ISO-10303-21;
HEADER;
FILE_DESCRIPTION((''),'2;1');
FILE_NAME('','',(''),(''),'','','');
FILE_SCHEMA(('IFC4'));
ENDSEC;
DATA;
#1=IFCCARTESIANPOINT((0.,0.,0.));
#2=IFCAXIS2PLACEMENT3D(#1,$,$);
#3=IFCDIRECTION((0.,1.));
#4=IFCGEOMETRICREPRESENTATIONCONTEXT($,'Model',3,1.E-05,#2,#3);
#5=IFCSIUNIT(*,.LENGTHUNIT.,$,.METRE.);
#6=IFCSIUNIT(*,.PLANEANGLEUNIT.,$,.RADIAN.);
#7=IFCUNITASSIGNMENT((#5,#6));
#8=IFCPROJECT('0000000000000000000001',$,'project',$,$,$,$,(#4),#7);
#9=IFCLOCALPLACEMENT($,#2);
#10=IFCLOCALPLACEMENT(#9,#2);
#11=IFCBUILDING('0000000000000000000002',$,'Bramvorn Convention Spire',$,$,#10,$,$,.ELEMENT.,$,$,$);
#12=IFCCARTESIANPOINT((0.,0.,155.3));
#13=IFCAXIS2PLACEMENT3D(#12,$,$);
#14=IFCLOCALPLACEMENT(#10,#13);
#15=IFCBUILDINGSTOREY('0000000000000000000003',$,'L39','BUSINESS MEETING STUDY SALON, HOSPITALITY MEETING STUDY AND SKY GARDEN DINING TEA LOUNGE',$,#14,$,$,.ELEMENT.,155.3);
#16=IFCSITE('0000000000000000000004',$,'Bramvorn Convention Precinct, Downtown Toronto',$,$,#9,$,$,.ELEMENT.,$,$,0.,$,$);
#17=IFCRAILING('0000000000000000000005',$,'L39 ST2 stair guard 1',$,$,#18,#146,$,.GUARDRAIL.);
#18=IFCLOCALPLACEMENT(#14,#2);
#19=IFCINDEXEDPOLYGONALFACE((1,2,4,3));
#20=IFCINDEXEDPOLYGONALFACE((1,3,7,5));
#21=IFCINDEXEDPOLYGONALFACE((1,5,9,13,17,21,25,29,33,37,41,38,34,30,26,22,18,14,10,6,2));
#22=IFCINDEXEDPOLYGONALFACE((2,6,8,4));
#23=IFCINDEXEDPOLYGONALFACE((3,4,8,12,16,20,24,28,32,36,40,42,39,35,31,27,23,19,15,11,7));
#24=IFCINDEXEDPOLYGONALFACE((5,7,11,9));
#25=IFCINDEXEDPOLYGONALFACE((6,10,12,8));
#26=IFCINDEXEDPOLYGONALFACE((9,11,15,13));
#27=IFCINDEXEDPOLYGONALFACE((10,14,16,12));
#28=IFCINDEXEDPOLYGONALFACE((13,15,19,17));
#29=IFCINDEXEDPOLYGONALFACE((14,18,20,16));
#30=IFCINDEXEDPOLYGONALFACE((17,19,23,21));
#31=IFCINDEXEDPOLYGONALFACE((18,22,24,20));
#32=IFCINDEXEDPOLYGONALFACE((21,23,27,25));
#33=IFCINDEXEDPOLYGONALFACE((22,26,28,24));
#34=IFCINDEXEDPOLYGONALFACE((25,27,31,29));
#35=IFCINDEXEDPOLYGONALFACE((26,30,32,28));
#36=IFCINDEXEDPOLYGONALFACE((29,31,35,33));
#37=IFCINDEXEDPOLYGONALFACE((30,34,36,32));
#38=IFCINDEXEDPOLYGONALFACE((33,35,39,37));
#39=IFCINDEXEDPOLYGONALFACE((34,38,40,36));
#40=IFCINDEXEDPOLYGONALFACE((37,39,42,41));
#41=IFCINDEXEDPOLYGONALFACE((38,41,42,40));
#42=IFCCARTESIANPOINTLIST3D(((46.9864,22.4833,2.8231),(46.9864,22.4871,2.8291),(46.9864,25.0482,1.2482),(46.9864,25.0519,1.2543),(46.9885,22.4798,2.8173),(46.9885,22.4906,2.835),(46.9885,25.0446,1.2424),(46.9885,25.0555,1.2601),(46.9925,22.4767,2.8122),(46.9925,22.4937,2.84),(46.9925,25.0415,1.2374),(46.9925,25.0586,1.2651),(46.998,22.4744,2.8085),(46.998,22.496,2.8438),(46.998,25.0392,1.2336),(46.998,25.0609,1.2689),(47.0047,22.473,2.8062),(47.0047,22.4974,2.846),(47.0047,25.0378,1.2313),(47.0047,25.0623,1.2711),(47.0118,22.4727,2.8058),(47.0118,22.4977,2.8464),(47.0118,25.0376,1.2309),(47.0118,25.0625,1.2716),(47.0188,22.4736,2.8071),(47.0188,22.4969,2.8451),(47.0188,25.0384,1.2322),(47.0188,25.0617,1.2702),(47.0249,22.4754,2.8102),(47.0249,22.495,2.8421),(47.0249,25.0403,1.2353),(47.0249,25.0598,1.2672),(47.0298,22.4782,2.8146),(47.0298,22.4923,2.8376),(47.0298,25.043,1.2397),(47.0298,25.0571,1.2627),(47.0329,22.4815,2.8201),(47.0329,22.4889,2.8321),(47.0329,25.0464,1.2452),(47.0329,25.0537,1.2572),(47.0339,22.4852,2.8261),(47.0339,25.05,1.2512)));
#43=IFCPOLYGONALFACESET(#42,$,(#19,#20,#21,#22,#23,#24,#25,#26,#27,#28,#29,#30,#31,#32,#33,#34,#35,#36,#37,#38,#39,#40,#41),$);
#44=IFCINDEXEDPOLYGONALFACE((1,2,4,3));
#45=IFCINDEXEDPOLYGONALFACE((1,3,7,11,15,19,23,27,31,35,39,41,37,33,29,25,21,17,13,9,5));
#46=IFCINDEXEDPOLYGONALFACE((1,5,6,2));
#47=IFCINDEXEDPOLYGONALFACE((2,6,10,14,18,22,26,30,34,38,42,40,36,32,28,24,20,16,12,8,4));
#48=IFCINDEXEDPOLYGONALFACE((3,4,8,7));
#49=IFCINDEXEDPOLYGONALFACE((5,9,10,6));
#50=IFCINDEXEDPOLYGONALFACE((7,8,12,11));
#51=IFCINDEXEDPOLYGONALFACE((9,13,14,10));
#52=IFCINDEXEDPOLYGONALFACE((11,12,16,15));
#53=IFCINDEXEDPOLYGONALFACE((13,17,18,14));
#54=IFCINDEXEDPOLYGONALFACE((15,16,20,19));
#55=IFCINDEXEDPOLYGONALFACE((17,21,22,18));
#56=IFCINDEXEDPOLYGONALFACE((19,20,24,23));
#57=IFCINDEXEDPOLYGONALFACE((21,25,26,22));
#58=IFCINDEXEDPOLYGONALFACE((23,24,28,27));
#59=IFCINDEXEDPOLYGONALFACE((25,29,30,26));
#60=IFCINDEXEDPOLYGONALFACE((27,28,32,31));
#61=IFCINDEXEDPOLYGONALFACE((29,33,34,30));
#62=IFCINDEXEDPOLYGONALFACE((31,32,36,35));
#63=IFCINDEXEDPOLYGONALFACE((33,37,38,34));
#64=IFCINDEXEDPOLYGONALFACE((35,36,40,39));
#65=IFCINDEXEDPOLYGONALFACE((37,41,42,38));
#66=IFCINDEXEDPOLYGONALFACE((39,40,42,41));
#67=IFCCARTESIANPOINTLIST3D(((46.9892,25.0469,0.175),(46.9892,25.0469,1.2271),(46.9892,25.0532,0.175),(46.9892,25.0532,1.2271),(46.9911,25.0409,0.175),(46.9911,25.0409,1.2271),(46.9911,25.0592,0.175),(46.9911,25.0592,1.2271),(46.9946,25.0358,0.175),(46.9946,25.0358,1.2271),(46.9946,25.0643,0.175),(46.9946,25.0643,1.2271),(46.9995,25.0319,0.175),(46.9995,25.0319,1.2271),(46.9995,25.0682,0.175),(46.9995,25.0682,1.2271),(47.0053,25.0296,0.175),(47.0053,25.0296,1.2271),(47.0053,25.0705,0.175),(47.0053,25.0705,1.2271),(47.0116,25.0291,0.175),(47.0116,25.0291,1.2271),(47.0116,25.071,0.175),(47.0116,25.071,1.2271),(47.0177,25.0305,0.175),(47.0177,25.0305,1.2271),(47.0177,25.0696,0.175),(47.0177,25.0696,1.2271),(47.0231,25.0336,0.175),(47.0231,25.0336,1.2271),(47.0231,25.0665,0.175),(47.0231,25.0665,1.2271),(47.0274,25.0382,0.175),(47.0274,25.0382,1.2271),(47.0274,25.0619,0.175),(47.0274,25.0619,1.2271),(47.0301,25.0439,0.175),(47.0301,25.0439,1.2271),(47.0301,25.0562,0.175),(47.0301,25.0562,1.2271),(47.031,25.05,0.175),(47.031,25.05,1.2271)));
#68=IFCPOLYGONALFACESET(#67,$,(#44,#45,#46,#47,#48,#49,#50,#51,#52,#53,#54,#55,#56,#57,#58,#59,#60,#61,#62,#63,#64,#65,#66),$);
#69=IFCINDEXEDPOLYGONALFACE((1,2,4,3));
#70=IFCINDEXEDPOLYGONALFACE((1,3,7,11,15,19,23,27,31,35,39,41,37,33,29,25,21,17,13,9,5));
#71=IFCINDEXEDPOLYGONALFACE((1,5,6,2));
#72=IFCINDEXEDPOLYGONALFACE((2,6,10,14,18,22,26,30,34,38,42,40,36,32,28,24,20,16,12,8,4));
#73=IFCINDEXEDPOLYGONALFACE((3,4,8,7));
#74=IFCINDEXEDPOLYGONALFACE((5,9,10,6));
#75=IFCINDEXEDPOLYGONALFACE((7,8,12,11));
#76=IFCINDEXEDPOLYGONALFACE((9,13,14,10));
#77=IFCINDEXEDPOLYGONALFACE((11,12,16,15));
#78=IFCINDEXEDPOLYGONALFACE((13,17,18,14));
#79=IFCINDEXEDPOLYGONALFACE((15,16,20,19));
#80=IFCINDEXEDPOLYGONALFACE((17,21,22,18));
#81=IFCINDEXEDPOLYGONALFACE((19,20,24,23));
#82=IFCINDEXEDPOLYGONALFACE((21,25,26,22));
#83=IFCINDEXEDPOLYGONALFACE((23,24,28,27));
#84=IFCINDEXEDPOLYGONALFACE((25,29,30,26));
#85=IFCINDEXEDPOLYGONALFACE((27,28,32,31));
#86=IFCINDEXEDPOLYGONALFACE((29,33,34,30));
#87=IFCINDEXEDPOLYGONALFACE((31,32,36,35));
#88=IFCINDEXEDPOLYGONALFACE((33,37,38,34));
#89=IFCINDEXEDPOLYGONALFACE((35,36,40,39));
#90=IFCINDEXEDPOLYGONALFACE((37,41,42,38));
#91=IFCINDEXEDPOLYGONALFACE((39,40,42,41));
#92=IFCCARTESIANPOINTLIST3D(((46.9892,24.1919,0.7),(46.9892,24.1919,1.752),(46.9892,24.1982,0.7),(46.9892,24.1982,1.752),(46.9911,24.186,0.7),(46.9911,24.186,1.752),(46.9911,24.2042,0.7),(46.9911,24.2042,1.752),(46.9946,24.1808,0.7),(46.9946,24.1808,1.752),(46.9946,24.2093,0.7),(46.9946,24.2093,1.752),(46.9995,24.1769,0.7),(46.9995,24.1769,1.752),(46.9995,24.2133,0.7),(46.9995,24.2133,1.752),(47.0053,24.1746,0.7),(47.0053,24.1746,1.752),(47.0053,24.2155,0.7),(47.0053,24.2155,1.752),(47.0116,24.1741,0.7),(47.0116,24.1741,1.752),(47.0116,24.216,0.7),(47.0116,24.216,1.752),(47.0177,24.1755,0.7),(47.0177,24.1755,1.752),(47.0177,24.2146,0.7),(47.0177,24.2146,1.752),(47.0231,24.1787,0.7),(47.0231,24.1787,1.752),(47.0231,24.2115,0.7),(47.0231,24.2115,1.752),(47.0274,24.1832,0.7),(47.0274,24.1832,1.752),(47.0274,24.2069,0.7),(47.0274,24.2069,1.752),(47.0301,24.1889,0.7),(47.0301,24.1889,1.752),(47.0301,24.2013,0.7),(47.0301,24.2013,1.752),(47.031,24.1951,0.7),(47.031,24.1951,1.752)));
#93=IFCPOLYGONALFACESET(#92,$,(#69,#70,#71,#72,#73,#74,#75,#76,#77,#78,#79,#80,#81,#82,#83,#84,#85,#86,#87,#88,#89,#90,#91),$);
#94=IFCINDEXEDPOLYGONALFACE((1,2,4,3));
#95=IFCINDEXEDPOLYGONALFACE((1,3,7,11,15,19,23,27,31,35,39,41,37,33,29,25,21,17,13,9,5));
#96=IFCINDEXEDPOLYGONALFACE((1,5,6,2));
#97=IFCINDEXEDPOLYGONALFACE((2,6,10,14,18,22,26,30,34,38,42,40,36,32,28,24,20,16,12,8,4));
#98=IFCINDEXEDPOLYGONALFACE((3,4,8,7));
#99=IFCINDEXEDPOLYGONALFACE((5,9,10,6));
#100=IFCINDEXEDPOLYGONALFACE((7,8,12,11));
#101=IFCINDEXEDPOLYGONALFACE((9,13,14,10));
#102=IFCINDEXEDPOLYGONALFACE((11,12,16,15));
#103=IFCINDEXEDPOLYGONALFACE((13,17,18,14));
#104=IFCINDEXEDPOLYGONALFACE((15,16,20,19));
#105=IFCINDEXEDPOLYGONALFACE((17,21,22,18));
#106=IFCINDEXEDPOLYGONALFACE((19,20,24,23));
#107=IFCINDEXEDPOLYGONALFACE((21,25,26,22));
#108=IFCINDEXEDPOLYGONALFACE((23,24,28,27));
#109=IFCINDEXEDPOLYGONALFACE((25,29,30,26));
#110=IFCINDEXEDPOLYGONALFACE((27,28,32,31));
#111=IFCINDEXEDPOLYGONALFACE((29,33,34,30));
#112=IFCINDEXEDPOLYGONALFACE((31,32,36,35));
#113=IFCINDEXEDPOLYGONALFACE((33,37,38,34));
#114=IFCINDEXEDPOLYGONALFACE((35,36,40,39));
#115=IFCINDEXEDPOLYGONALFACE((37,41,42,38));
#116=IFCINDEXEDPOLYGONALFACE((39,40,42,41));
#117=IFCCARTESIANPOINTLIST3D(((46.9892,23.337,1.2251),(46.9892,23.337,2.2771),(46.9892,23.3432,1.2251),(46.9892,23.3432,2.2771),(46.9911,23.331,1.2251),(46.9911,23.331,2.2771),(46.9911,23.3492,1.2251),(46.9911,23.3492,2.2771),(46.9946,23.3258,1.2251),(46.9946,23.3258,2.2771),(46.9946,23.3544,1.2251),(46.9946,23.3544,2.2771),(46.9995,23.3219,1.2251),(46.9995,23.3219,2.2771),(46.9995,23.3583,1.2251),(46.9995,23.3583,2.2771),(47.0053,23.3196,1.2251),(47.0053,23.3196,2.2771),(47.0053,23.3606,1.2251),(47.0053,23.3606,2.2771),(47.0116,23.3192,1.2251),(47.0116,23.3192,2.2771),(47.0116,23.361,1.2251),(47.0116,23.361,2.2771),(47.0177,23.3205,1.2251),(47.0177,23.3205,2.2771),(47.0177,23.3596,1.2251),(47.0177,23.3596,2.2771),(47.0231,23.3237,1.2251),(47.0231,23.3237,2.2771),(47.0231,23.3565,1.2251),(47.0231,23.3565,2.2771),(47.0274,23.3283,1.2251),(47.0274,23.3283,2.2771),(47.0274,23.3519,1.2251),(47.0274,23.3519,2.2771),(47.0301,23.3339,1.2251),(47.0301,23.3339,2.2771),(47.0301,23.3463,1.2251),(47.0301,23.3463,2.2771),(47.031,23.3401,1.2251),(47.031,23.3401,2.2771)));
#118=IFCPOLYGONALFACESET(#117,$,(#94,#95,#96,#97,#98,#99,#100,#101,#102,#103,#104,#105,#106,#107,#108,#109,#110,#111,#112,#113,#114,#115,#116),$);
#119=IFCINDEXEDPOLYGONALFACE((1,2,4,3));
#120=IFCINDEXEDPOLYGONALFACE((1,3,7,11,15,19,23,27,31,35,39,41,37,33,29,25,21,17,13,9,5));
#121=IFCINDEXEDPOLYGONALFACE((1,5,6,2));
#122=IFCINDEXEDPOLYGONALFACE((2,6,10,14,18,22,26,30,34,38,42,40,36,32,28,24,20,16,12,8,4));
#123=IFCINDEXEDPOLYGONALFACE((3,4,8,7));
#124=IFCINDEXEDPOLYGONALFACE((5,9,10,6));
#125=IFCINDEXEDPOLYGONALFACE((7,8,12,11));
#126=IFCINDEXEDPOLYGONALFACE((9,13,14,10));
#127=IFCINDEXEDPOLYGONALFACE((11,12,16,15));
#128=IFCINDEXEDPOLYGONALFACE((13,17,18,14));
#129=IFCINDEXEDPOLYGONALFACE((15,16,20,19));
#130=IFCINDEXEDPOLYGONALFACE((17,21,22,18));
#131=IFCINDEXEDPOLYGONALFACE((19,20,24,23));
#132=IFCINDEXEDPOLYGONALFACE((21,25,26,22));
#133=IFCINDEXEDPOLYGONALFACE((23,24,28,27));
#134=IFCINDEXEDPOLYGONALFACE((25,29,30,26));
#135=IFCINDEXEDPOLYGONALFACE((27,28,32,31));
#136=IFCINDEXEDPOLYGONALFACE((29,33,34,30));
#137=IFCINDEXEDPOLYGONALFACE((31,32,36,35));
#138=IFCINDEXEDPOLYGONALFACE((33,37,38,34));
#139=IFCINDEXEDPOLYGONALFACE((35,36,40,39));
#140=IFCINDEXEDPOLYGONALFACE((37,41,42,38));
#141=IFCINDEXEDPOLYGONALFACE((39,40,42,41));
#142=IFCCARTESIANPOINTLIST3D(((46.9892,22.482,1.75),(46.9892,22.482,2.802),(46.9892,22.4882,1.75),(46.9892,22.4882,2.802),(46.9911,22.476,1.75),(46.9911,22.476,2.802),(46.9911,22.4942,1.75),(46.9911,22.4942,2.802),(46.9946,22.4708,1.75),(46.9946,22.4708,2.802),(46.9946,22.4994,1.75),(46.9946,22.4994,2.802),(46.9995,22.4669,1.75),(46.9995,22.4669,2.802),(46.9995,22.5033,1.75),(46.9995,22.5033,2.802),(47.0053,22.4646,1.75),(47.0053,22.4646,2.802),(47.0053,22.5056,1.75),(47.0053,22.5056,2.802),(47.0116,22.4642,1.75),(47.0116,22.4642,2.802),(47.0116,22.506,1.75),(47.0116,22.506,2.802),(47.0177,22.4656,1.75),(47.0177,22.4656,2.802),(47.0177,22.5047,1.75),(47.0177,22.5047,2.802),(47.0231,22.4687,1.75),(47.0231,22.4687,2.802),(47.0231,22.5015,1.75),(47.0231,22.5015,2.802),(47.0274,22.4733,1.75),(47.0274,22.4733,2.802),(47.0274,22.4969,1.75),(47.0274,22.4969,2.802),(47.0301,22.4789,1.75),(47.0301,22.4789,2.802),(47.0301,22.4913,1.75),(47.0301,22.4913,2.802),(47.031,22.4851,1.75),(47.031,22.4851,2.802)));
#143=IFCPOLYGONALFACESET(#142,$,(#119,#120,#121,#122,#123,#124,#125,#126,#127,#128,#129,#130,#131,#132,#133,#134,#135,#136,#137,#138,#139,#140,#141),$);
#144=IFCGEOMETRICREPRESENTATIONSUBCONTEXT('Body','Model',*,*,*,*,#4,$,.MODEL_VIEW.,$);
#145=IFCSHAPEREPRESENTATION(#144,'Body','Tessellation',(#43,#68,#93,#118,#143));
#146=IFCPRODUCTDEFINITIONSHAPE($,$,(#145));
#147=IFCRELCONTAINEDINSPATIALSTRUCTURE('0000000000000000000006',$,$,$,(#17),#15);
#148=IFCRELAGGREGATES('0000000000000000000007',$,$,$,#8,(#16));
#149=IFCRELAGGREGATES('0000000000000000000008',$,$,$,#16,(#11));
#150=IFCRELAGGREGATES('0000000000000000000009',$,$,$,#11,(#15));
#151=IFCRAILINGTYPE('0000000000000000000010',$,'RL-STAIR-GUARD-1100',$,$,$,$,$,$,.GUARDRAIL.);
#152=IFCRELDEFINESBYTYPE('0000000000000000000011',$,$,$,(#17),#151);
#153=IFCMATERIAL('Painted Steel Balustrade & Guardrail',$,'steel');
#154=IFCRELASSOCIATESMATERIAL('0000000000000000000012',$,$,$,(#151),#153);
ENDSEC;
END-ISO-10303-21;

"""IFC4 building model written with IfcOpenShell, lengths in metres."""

from ifc_helpers import new_model, si_unit, direction, frame, origin, origin_2d, place, context, subcontext, project, spatial, circle, extrude, material, type_object, element, save


model = new_model("IFC4")

# Units and contexts
model_context = context("Model", 3, precision=1e-05, world=origin(), true_north=direction((0.0, 1.0)))
body_context = subcontext(model_context, "Body", "Model", "MODEL_VIEW")
ifc_project = project(units=[si_unit("LENGTHUNIT", "METRE"), si_unit("PLANEANGLEUNIT", "RADIAN")], contexts=[model_context])

# Site, building, storey
site_placement = place(None, origin())
site = spatial("IfcSite", under=ifc_project, at=site_placement, Name="Bramvorn Convention Precinct, Downtown Toronto", CompositionType="ELEMENT", RefElevation=0.0)
building_placement = place(site_placement, origin())
building = spatial("IfcBuilding", under=site, at=building_placement, Name="Bramvorn Convention Spire", CompositionType="ELEMENT")
storey_placement = place(building_placement, frame((0.0, 0.0, 155.3)))
storey = spatial("IfcBuildingStorey", under=building, at=storey_placement, Name="L39", Description="BUSINESS MEETING STUDY SALON, HOSPITALITY MEETING STUDY AND SKY GARDEN DINING TEA LOUNGE", CompositionType="ELEMENT", Elevation=155.3)

# Railing
ifc_material_1 = material(Name="Painted Steel Balustrade & Guardrail", Category="steel")
railing_type_1 = type_object("IfcRailingType", Name="RL-STAIR-GUARD-1100", PredefinedType="GUARDRAIL", material=ifc_material_1)
railing_1_placement = place(storey_placement, frame((47.01, 25.05, 0.175)))
element("IfcRailing", 1, at=railing_1_placement, inside=storey, type_object=railing_type_1, Name="L39 ST2 stair guard 1", PredefinedType="GUARDRAIL", context=body_context, shape_type="SweptSolid", body=[
    extrude(circle(Radius=0.0239, at=origin_2d()), frame((0.0, 0.0, 1.0762), z_axis=(0.0, -0.852173, 0.52326), x_axis=(1.0, 0.0, 0.0)), (0.0, 0.0, 1.0), 3.0098),
    extrude(circle(Radius=0.021, at=origin_2d()), origin(), (0.0, 0.0, 1.0), 1.052),
    extrude(circle(Radius=0.021, at=origin_2d()), frame((0.0, -0.855, 0.5249)), (0.0, 0.0, 1.0), 1.052),
    extrude(circle(Radius=0.021, at=origin_2d()), frame((0.0, -1.71, 1.05)), (0.0, 0.0, 1.0), 1.052),
    extrude(circle(Radius=0.021, at=origin_2d()), frame((0.0, -2.5649, 1.575)), (0.0, 0.0, 1.0), 1.052),
])

save(model, "model.ifc")
